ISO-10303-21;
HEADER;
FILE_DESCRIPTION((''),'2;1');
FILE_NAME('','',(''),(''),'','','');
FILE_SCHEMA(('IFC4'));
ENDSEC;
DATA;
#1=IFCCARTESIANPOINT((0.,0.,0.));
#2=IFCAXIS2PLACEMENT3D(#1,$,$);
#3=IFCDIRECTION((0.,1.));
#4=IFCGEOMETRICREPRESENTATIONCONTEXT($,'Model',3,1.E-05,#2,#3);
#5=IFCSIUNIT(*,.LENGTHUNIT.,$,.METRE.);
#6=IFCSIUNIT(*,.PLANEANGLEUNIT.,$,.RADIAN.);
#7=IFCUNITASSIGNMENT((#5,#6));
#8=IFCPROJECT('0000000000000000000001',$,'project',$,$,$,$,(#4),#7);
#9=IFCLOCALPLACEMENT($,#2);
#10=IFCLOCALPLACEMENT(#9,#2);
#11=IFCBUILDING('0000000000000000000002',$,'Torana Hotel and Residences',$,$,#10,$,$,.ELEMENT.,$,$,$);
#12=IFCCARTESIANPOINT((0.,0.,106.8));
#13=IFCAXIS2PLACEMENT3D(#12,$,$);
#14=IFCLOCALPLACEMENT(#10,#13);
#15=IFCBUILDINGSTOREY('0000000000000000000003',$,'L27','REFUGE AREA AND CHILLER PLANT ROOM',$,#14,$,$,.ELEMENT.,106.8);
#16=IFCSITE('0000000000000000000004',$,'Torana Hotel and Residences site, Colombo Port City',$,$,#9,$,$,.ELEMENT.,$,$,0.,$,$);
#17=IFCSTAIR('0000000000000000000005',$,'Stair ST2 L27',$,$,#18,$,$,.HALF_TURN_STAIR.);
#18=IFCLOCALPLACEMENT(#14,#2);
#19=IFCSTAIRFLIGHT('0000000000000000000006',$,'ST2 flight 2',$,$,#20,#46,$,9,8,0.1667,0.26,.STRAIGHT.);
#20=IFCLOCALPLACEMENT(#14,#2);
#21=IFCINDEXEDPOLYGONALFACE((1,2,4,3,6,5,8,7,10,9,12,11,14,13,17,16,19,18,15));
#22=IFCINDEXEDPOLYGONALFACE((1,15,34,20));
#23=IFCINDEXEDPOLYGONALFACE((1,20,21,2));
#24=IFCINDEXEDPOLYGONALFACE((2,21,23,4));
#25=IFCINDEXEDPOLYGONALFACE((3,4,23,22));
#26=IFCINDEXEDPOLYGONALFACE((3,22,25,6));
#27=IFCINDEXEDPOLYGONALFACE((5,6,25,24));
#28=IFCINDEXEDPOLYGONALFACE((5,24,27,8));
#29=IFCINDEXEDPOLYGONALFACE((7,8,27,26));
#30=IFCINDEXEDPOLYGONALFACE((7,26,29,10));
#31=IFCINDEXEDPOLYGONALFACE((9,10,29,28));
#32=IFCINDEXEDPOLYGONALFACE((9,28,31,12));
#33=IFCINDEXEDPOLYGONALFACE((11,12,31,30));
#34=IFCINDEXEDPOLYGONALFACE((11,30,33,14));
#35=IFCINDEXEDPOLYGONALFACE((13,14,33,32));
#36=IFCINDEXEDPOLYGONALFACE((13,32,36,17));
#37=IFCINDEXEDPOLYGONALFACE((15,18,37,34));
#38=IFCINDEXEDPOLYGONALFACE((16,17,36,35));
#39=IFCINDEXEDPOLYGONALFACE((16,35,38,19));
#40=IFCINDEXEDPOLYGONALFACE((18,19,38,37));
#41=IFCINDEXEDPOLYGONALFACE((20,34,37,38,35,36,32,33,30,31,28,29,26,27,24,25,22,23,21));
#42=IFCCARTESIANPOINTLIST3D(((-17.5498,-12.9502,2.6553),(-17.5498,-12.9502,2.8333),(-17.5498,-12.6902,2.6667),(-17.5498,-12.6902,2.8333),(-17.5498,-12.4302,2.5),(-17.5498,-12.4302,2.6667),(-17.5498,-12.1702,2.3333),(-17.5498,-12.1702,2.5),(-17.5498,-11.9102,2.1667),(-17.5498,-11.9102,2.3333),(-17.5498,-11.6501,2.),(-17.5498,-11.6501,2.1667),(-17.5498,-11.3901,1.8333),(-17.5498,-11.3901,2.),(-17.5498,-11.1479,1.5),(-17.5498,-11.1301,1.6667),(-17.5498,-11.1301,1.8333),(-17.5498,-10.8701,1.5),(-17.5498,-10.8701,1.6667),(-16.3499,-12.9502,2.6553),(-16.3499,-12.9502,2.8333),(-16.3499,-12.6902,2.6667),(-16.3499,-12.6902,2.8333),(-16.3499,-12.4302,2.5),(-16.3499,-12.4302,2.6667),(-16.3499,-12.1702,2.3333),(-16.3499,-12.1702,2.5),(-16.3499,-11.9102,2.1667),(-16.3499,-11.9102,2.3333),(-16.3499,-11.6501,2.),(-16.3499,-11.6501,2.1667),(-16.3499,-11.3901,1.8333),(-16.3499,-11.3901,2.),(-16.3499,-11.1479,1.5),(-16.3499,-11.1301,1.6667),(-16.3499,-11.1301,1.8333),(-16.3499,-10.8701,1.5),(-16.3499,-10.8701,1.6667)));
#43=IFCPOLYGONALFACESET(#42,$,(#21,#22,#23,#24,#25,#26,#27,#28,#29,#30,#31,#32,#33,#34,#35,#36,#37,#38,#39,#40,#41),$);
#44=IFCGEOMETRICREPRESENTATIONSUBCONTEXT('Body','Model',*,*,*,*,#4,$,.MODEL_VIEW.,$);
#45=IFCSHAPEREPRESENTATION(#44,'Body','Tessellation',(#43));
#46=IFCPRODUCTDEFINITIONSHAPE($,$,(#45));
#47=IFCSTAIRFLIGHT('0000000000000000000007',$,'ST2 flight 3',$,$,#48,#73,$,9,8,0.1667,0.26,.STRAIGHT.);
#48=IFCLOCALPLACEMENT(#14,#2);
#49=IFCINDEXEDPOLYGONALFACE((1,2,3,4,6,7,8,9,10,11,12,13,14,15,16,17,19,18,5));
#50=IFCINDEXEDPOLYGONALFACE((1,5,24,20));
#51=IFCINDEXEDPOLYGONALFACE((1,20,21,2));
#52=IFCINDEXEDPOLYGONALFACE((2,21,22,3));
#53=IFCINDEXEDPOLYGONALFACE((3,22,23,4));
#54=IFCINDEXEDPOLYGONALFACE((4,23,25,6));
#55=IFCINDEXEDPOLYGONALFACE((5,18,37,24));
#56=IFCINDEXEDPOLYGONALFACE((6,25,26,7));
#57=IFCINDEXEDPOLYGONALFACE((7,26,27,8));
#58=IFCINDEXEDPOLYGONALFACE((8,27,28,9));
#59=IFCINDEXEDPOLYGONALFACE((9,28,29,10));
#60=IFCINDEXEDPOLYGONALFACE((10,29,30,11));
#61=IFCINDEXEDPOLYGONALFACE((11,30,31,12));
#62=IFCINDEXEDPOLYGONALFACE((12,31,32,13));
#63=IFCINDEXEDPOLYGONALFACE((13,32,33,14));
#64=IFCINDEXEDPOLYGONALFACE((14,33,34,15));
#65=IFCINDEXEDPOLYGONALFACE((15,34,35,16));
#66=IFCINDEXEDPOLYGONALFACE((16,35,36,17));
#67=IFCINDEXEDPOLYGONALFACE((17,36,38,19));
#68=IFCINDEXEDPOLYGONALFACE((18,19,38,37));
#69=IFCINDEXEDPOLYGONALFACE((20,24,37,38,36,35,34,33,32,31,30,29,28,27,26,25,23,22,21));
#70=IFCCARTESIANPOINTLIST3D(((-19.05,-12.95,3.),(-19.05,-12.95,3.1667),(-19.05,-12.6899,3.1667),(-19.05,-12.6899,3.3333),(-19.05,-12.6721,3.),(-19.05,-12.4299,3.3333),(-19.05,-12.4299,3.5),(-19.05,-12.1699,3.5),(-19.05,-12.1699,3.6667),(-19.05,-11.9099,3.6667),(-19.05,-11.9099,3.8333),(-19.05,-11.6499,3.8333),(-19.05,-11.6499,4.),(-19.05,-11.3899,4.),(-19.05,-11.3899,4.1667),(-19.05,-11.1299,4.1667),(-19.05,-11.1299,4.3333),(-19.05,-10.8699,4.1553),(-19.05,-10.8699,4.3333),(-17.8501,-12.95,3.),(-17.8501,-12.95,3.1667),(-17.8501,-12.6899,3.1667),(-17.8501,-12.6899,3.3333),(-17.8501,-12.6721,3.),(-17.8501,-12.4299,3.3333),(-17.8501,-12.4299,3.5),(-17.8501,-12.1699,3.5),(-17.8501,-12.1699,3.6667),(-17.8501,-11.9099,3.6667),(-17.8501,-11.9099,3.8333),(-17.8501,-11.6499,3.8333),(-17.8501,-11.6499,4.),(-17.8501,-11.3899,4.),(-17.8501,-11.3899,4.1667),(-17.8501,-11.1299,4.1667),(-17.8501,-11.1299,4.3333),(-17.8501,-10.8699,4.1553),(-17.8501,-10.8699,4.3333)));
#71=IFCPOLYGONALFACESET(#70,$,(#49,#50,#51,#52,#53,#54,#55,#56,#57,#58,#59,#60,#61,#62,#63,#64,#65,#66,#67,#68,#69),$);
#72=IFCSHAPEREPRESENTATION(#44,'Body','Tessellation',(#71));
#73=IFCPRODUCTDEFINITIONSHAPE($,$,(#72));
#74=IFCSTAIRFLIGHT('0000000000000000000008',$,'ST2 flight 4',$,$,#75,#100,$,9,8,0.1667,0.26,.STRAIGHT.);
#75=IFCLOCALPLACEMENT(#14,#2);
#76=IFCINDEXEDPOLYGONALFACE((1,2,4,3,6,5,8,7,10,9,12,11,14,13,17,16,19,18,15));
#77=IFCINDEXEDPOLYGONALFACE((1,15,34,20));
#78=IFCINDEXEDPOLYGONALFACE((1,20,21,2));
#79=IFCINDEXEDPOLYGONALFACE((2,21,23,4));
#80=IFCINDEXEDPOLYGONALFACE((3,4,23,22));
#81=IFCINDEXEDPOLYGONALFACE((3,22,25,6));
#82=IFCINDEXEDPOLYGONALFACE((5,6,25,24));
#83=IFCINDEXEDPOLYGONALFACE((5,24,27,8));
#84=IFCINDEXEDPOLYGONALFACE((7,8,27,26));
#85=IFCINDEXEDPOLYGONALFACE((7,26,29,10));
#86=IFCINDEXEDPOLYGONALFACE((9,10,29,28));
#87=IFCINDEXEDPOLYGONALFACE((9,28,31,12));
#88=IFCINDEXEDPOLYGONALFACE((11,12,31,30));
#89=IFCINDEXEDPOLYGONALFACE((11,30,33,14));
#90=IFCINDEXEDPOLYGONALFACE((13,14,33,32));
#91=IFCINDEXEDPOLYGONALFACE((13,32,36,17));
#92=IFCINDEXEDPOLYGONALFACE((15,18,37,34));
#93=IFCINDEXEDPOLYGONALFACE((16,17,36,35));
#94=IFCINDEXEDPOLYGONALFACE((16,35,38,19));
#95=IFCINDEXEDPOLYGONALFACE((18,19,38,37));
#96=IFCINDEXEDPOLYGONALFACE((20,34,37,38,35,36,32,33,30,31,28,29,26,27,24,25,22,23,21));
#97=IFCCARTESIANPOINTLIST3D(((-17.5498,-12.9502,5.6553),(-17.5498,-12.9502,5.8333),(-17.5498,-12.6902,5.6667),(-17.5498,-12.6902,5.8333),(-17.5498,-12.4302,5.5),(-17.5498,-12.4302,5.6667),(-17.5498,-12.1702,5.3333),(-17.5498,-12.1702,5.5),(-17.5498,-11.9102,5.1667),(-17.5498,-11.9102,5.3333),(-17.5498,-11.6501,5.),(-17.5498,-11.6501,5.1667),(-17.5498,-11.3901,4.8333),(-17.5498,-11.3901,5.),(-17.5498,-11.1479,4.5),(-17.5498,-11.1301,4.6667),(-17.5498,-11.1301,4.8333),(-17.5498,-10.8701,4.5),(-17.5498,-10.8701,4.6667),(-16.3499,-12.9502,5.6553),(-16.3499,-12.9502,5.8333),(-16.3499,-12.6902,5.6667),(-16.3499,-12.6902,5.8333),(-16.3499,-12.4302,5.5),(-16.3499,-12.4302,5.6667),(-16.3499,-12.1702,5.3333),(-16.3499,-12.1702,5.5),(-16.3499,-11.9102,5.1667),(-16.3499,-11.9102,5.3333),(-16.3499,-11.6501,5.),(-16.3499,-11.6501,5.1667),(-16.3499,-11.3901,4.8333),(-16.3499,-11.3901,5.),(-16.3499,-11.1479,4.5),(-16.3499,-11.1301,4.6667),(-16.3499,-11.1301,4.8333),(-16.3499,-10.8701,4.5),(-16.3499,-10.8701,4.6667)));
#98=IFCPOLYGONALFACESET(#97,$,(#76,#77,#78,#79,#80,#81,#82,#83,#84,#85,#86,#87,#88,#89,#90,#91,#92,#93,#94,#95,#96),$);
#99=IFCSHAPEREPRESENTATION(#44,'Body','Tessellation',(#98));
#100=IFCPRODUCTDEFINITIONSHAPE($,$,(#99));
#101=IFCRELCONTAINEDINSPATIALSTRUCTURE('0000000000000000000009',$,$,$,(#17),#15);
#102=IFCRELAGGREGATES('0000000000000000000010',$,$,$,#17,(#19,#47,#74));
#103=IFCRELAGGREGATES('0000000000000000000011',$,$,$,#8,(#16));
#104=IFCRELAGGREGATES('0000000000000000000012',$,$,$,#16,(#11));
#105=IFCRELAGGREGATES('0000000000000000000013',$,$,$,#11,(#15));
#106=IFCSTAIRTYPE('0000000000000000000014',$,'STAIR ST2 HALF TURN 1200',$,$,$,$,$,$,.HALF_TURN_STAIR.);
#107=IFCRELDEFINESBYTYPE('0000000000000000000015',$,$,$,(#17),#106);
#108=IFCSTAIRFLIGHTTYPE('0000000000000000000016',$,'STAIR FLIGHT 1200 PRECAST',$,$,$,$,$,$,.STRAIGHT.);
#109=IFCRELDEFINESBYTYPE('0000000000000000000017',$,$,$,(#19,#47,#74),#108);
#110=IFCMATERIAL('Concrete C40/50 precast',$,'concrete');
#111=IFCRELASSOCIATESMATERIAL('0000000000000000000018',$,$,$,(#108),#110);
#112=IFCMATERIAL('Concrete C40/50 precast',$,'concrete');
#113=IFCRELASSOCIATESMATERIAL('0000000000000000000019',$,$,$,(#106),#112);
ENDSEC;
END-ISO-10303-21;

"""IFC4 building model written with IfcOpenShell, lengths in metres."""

from ifc_helpers import new_model, si_unit, direction, frame, origin, place, context, subcontext, project, spatial, polyline, outline, extrude, material, type_object, element, aggregate, save


model = new_model("IFC4")

# Units and contexts
model_context = context("Model", 3, precision=1e-05, world=origin(), true_north=direction((0.0, 1.0)))
body_context = subcontext(model_context, "Body", "Model", "MODEL_VIEW")
ifc_project = project(units=[si_unit("LENGTHUNIT", "METRE"), si_unit("PLANEANGLEUNIT", "RADIAN")], contexts=[model_context])

# Site, building, storey
site_placement = place(None, origin())
site = spatial("IfcSite", under=ifc_project, at=site_placement, Name="Torana Hotel and Residences site, Colombo Port City", CompositionType="ELEMENT", RefElevation=0.0)
building_placement = place(site_placement, origin())
building = spatial("IfcBuilding", under=site, at=building_placement, Name="Torana Hotel and Residences", CompositionType="ELEMENT")
storey_placement = place(building_placement, frame((0.0, 0.0, 106.8)))
storey = spatial("IfcBuildingStorey", under=building, at=storey_placement, Name="L27", Description="REFUGE AREA AND CHILLER PLANT ROOM", CompositionType="ELEMENT", Elevation=106.8)

# Stair, stair flights
ifc_material_1 = material(Name="Concrete C40/50 precast", Category="concrete")
stair_flight_type = type_object("IfcStairFlightType", Name="STAIR FLIGHT 1200 PRECAST", PredefinedType="STRAIGHT", material=ifc_material_1)
ifc_material_2 = material(Name="Concrete C40/50 precast", Category="concrete")
stair_type_1 = type_object("IfcStairType", Name="STAIR ST2 HALF TURN 1200", PredefinedType="HALF_TURN_STAIR", material=ifc_material_2)
stair_1_placement = place(storey_placement, origin())
stair_1 = element("IfcStair", 1, at=stair_1_placement, inside=storey, type_object=stair_type_1, Name="Stair ST2 L27", PredefinedType="HALF_TURN_STAIR")
stair_flight_1_placement = place(storey_placement, frame((-16.95, -10.8701, 1.5), z_axis=(0.0, 0.0, 1.0), x_axis=(0.0, -1.0, 0.0)))
stair_flight_1 = element("IfcStairFlight", 2, at=stair_flight_1_placement, type_object=stair_flight_type, Name="ST2 flight 2", NumberOfRisers=9, NumberOfTreads=8, PredefinedType="STRAIGHT", RiserHeight=0.1667, TreadLength=0.26, context=body_context, shape_type="SweptSolid", body=[
    extrude(outline(polyline([(0.0, 0.0), (0.0, 0.1667), (0.26, 0.1667), (0.26, 0.3333), (0.52, 0.3333), (0.52, 0.5), (0.78, 0.5), (0.78, 0.6667), (1.04, 0.6667), (1.04, 0.8333), (1.3, 0.8333), (1.3, 1.0), (1.5601, 1.0), (1.5601, 1.1667), (1.8201, 1.1667), (1.8201, 1.3333), (2.0801, 1.3333), (2.0801, 1.5), (2.0801, 1.1553), (0.2778, 0.0), (0.0, 0.0)])), frame((0.0, 0.6001, 0.0), z_axis=(0.0, -1.0, 0.0), x_axis=(1.0, 0.0, 0.0)), (0.0, 0.0, 1.0), 1.2),
])
stair_flight_2_placement = place(storey_placement, frame((-18.45, -12.95, 3.0), z_axis=(0.0, 0.0, 1.0), x_axis=(0.0, 1.0, 0.0)))
stair_flight_2 = element("IfcStairFlight", 3, at=stair_flight_2_placement, type_object=stair_flight_type, Name="ST2 flight 3", NumberOfRisers=9, NumberOfTreads=8, PredefinedType="STRAIGHT", RiserHeight=0.1667, TreadLength=0.26, context=body_context, shape_type="SweptSolid", body=[
    extrude(outline(polyline([(0.0, 0.0), (0.0, 0.1667), (0.26, 0.1667), (0.26, 0.3333), (0.52, 0.3333), (0.52, 0.5), (0.78, 0.5), (0.78, 0.6667), (1.04, 0.6667), (1.04, 0.8333), (1.3, 0.8333), (1.3, 1.0), (1.5601, 1.0), (1.5601, 1.1667), (1.8201, 1.1667), (1.8201, 1.3333), (2.0801, 1.3333), (2.0801, 1.5), (2.0801, 1.1553), (0.2778, 0.0), (0.0, 0.0)])), frame((0.0, 0.6001, 0.0), z_axis=(0.0, -1.0, 0.0), x_axis=(1.0, 0.0, 0.0)), (0.0, 0.0, 1.0), 1.2),
])
stair_flight_3_placement = place(storey_placement, frame((-16.95, -10.8701, 4.5), z_axis=(0.0, 0.0, 1.0), x_axis=(0.0, -1.0, 0.0)))
stair_flight_3 = element("IfcStairFlight", 4, at=stair_flight_3_placement, type_object=stair_flight_type, Name="ST2 flight 4", NumberOfRisers=9, NumberOfTreads=8, PredefinedType="STRAIGHT", RiserHeight=0.1667, TreadLength=0.26, context=body_context, shape_type="SweptSolid", body=[
    extrude(outline(polyline([(0.0, 0.0), (0.0, 0.1667), (0.26, 0.1667), (0.26, 0.3333), (0.52, 0.3333), (0.52, 0.5), (0.78, 0.5), (0.78, 0.6667), (1.04, 0.6667), (1.04, 0.8333), (1.3, 0.8333), (1.3, 1.0), (1.5601, 1.0), (1.5601, 1.1667), (1.8201, 1.1667), (1.8201, 1.3333), (2.0801, 1.3333), (2.0801, 1.5), (2.0801, 1.1553), (0.2778, 0.0), (0.0, 0.0)])), frame((0.0, 0.6001, 0.0), z_axis=(0.0, -1.0, 0.0), x_axis=(1.0, 0.0, 0.0)), (0.0, 0.0, 1.0), 1.2),
])
aggregate(stair_1, [stair_flight_1, stair_flight_2, stair_flight_3])

save(model, "model.ifc")
